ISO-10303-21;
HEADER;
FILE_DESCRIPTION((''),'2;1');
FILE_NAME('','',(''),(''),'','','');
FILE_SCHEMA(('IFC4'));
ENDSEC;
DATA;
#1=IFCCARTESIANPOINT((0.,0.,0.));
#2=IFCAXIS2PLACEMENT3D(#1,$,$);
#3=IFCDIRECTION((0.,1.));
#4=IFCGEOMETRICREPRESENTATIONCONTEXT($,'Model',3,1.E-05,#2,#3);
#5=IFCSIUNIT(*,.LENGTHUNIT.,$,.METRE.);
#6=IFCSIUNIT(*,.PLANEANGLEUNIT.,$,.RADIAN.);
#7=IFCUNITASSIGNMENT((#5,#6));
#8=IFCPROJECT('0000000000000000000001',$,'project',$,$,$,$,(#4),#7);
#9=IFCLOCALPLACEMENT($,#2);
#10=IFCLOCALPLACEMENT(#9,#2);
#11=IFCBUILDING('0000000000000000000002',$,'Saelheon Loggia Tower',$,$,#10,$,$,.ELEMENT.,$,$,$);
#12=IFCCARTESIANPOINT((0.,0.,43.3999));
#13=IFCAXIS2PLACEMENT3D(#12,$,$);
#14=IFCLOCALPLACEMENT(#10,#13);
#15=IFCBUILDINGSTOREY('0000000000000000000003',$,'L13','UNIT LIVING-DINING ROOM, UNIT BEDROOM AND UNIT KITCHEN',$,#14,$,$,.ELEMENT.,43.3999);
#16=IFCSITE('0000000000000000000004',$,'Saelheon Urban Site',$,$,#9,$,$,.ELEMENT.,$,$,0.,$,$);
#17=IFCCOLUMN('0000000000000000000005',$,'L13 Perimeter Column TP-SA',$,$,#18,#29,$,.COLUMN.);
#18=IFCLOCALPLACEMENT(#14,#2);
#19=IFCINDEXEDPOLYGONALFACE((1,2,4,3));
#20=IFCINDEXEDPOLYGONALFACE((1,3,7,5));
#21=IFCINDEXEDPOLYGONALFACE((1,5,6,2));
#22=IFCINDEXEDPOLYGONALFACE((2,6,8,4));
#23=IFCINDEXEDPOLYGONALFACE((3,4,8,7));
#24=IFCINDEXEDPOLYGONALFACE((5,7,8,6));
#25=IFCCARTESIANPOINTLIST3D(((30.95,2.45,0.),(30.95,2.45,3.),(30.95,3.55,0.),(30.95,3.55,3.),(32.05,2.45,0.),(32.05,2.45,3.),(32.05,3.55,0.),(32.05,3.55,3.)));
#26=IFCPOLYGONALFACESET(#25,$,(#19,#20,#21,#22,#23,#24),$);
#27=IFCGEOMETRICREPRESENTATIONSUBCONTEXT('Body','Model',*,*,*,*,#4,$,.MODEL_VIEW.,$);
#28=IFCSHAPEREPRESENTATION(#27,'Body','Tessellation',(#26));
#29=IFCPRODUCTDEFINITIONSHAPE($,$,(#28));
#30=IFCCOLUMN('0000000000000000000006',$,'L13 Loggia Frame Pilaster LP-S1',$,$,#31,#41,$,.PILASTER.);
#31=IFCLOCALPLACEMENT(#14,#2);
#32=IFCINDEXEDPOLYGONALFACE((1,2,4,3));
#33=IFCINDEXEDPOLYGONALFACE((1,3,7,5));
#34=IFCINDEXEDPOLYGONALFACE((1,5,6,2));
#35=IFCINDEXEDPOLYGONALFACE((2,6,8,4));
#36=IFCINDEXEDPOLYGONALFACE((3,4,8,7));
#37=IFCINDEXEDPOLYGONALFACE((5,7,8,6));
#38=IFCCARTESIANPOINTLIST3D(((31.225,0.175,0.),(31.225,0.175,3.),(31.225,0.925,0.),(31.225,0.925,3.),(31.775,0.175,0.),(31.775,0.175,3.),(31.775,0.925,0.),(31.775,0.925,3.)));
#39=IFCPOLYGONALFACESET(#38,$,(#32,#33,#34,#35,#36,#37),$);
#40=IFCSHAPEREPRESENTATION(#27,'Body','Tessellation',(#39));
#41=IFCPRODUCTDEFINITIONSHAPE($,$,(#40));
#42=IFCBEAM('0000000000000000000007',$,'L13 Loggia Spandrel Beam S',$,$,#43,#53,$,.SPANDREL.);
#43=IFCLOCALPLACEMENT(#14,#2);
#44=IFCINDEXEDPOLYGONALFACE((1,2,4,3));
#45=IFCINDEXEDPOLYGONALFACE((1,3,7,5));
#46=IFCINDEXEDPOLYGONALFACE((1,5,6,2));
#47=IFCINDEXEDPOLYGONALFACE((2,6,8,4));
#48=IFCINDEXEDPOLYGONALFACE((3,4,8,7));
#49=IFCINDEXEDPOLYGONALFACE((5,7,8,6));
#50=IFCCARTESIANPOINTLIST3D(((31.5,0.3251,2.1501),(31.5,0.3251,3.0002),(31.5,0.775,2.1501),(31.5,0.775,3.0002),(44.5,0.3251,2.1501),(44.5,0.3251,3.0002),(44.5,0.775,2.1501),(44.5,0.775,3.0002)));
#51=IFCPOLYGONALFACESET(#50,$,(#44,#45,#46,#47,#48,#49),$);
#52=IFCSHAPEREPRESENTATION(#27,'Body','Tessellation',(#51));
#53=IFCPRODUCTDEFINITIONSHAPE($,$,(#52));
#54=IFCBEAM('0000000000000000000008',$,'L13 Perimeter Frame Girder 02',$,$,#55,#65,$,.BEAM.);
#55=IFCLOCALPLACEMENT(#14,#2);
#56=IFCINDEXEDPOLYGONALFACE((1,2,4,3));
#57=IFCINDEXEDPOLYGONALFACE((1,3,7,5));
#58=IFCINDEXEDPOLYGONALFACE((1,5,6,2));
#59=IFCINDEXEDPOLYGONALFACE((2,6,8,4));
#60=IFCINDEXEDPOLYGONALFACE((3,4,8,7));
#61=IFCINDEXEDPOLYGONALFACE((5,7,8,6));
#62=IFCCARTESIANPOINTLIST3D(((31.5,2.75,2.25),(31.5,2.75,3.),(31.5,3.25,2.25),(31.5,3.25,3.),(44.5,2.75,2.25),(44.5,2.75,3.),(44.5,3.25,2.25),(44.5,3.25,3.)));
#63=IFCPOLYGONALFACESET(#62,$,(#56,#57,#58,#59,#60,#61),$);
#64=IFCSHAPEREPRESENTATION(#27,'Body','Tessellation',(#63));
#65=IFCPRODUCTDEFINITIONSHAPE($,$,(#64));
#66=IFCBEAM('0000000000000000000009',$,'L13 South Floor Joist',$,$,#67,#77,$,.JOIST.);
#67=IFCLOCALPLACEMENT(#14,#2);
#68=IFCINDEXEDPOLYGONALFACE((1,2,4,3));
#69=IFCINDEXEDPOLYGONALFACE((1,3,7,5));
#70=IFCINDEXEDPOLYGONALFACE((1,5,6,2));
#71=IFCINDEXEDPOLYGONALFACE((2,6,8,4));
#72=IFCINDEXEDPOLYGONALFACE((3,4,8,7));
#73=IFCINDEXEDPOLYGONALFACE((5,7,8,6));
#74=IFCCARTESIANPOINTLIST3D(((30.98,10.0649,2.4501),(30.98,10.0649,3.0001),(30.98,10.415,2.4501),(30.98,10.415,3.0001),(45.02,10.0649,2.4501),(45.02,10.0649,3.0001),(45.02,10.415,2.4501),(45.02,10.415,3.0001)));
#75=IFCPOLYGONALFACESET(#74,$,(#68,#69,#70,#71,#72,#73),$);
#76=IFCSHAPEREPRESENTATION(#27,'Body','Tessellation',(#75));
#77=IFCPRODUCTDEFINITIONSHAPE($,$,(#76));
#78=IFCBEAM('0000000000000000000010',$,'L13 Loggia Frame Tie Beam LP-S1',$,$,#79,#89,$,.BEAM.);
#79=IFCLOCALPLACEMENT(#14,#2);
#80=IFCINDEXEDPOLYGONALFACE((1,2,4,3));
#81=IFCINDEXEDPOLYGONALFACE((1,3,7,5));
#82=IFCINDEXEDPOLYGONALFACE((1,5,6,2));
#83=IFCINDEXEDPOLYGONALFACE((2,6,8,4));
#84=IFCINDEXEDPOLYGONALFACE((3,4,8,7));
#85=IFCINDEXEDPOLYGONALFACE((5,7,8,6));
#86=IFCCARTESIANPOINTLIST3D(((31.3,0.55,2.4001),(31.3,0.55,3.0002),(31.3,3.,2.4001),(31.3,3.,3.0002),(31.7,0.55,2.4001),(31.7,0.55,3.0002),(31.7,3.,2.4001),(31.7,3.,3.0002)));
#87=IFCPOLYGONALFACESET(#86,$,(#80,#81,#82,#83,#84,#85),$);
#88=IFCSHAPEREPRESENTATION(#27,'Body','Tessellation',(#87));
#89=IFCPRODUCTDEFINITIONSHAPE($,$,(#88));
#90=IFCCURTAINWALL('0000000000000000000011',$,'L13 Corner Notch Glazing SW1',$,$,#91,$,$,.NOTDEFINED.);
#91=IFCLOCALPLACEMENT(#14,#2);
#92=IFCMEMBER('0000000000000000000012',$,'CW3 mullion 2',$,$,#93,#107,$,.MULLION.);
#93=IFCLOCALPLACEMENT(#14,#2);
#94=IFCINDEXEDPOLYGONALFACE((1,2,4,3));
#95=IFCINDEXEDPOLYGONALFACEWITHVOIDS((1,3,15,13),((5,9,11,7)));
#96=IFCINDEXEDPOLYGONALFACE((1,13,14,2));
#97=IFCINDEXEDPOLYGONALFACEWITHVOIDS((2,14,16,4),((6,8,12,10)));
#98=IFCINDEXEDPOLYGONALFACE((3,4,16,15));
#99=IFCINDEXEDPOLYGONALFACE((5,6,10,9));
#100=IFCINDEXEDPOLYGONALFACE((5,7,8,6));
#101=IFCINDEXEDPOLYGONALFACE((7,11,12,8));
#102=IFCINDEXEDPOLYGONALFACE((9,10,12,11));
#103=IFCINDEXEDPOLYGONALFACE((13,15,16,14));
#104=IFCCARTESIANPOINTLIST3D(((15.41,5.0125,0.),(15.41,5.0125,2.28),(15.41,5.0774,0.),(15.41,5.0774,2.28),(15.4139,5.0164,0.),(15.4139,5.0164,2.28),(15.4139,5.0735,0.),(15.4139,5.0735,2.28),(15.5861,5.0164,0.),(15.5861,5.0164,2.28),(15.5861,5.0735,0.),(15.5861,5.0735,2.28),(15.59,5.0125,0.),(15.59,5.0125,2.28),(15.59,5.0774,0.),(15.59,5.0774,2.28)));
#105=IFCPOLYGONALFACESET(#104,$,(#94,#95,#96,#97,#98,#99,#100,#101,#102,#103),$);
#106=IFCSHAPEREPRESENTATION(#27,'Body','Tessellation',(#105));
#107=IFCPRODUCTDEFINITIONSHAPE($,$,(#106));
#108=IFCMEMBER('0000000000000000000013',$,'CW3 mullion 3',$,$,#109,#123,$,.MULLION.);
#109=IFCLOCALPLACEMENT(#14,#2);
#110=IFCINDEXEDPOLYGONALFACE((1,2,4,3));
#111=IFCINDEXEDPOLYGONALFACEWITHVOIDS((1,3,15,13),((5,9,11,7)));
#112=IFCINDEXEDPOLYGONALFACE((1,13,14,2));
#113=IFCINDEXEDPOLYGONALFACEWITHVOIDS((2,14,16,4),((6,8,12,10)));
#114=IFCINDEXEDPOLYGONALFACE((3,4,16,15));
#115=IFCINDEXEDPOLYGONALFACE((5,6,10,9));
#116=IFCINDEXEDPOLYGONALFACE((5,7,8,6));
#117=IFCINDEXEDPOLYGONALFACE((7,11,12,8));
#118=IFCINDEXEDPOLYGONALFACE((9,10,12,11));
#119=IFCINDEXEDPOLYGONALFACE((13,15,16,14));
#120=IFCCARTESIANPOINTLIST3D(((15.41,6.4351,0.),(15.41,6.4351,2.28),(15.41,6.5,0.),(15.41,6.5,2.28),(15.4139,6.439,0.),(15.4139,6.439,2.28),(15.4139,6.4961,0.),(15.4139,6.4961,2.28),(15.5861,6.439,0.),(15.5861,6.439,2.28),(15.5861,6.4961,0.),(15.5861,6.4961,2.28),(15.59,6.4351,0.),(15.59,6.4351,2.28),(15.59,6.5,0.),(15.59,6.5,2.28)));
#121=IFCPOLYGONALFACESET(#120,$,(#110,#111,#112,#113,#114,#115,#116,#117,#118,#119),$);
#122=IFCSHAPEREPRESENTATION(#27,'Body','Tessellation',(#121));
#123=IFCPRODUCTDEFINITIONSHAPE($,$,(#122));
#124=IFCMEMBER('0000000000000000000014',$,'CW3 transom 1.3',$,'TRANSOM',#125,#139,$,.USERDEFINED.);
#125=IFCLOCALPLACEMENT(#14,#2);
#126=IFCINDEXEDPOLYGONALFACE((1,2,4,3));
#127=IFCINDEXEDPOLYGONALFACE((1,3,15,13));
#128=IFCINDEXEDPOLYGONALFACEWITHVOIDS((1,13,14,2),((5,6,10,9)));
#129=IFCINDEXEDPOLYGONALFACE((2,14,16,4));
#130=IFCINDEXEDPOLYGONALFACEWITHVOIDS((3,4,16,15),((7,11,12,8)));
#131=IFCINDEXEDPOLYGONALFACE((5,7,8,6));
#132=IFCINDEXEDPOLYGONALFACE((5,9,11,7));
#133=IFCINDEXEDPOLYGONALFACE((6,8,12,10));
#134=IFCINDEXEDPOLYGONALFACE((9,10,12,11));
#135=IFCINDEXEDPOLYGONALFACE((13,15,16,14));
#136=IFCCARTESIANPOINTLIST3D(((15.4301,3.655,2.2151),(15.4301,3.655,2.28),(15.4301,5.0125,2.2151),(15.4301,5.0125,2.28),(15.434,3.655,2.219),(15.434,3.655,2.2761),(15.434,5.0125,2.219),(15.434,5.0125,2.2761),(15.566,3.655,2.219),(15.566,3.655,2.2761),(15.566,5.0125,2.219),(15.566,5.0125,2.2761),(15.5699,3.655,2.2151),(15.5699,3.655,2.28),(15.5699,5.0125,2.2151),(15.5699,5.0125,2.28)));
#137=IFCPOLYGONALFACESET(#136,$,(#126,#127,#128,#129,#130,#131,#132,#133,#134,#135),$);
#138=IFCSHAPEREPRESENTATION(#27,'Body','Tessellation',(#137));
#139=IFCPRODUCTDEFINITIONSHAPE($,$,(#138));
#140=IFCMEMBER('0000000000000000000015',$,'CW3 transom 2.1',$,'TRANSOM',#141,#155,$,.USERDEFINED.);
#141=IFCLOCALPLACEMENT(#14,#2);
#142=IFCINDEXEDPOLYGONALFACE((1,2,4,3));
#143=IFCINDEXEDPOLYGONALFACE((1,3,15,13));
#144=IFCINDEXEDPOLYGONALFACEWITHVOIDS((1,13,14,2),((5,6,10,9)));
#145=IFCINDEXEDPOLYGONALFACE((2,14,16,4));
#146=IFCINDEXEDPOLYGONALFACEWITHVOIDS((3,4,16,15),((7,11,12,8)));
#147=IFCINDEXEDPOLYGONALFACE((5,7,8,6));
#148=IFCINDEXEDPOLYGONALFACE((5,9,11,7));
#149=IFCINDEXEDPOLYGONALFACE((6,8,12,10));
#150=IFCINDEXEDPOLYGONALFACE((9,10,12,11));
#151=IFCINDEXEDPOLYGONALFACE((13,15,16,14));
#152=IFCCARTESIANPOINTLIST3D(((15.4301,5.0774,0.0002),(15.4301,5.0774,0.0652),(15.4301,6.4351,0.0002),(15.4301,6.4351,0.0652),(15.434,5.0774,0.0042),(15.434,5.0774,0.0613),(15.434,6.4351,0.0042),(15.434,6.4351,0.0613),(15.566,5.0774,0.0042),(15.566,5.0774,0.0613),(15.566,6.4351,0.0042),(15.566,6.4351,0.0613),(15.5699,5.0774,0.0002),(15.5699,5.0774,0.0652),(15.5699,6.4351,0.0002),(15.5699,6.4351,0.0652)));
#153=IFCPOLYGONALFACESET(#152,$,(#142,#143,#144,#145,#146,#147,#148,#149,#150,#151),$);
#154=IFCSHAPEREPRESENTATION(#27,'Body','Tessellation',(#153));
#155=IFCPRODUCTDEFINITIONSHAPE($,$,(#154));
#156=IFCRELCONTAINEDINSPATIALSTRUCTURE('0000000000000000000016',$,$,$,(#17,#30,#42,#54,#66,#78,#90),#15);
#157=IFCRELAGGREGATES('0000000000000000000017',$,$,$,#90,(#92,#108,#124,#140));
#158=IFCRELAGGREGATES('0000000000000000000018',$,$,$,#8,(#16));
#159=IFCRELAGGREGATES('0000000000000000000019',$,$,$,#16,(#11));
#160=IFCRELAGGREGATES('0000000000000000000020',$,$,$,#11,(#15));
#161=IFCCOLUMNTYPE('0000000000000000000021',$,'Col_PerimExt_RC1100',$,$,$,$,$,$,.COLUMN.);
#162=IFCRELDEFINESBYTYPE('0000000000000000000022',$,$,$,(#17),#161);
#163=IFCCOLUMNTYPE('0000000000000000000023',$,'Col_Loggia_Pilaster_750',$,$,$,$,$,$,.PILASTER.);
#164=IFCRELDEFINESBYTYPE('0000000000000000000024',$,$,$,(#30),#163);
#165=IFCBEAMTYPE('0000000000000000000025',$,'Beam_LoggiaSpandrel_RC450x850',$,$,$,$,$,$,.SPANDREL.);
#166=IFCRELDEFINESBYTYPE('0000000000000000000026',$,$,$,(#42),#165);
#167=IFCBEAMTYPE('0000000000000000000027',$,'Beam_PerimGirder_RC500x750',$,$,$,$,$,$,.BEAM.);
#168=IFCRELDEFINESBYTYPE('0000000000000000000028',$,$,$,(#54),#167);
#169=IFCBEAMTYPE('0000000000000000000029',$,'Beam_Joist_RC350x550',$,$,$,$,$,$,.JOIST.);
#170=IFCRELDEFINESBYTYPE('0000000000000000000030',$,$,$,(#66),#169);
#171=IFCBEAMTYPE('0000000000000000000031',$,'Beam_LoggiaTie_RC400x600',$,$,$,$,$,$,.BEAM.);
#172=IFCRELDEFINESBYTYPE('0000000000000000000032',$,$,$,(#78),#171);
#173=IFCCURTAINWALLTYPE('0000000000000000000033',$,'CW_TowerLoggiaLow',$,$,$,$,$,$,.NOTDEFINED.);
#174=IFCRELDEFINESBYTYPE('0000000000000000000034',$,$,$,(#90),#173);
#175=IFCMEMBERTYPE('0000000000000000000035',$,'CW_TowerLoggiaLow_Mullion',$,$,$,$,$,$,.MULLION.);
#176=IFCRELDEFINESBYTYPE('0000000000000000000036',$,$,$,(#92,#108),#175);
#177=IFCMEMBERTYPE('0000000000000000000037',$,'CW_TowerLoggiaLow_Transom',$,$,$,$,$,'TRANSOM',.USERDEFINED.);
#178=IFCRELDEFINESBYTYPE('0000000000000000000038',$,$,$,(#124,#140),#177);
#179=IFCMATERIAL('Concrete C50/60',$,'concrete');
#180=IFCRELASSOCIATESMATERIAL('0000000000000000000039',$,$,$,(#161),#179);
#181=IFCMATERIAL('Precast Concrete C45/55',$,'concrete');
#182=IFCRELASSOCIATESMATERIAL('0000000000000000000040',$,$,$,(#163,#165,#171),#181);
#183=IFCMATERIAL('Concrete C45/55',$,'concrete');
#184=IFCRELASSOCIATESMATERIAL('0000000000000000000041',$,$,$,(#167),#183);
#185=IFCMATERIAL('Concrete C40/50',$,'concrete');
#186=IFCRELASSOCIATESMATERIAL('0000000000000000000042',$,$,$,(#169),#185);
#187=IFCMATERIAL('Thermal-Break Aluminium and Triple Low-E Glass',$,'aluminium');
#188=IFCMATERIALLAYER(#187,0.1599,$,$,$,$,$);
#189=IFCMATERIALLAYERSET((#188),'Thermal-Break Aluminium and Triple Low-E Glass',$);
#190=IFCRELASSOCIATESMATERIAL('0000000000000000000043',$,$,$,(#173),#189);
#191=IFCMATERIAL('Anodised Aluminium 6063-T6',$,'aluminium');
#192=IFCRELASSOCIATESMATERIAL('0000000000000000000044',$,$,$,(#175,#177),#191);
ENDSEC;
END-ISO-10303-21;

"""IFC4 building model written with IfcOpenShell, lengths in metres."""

from ifc_helpers import new_model, si_unit, direction, frame, origin, origin_2d, place, context, subcontext, project, spatial, rectangle, hollow_rectangle, extrude, source, transform, mapped, material, layer, layer_set, material_profile, profile_set, type_object, element, aggregate, save


model = new_model("IFC4")

# Units and contexts
model_context = context("Model", 3, precision=1e-05, world=origin(), true_north=direction((0.0, 1.0)))
body_context = subcontext(model_context, "Body", "Model", "MODEL_VIEW")
ifc_project = project(units=[si_unit("LENGTHUNIT", "METRE"), si_unit("PLANEANGLEUNIT", "RADIAN")], contexts=[model_context])

# Site, building, storey
site_placement = place(None, origin())
site = spatial("IfcSite", under=ifc_project, at=site_placement, Name="Saelheon Urban Site", CompositionType="ELEMENT", RefElevation=0.0)
building_placement = place(site_placement, origin())
building = spatial("IfcBuilding", under=site, at=building_placement, Name="Saelheon Loggia Tower", CompositionType="ELEMENT")
storey_placement = place(building_placement, frame((0.0, 0.0, 43.3999)))
storey = spatial("IfcBuildingStorey", under=building, at=storey_placement, Name="L13", Description="UNIT LIVING-DINING ROOM, UNIT BEDROOM AND UNIT KITCHEN", CompositionType="ELEMENT", Elevation=43.3999)

# Columns
ifc_material_1 = material(Name="Concrete C50/60", Category="concrete")
ifc_material_profile_1 = material_profile(ifc_material_1, rectangle(XDim=1.1001, YDim=1.1001, at=origin_2d()), Name="RC-1100x1100")
ifc_profile_set_1 = profile_set([ifc_material_profile_1], Name="Concrete C50/60")
column_type_1 = type_object("IfcColumnType", Name="Col_PerimExt_RC1100", PredefinedType="COLUMN", material=ifc_profile_set_1)
shared_shape_1 = source(origin(), body_context, "Body", "SweptSolid", [
    extrude(rectangle(XDim=1.1001, YDim=1.1001, at=origin_2d()), origin(), (0.0, 0.0, 1.0), 3.0),
])
column_1_placement = place(storey_placement, frame((31.5, 3.0, 0.0), z_axis=(0.0, 0.0, 1.0), x_axis=(1.0, 0.0, 0.0)))
element("IfcColumn", 1, at=column_1_placement, inside=storey, type_object=column_type_1, Name="L13 Perimeter Column TP-SA", PredefinedType="COLUMN", context=body_context, shape_type="MappedRepresentation", body=[
    mapped(shared_shape_1, transform((0.0, 0.0, 0.0), scale=1.0)),
])
ifc_material_2 = material(Name="Precast Concrete C45/55", Category="concrete")
ifc_material_profile_2 = material_profile(ifc_material_2, rectangle(XDim=0.55, YDim=0.75, at=origin_2d()), Name="RC-550x750")
ifc_profile_set_2 = profile_set([ifc_material_profile_2], Name="Precast Concrete C45/55")
column_type_2 = type_object("IfcColumnType", Name="Col_Loggia_Pilaster_750", PredefinedType="PILASTER", material=ifc_profile_set_2)
shared_shape_2 = source(origin(), body_context, "Body", "SweptSolid", [
    extrude(rectangle(XDim=0.55, YDim=0.75, at=origin_2d()), origin(), (0.0, 0.0, 1.0), 3.0),
])
column_2_placement = place(storey_placement, frame((31.5, 0.55, 0.0), z_axis=(0.0, 0.0, 1.0), x_axis=(1.0, 0.0, 0.0)))
element("IfcColumn", 2, at=column_2_placement, inside=storey, type_object=column_type_2, Name="L13 Loggia Frame Pilaster LP-S1", PredefinedType="PILASTER", context=body_context, shape_type="MappedRepresentation", body=[
    mapped(shared_shape_2, transform((0.0, 0.0, 0.0), scale=1.0)),
])

# Beams
ifc_material_profile_3 = material_profile(ifc_material_2, rectangle(XDim=0.45, YDim=0.8501, at=origin_2d()), Name="RC-450x850")
ifc_profile_set_3 = profile_set([ifc_material_profile_3], Name="Precast Concrete C45/55")
beam_type_1 = type_object("IfcBeamType", Name="Beam_LoggiaSpandrel_RC450x850", PredefinedType="SPANDREL", material=ifc_profile_set_3)
shared_shape_3 = source(origin(), body_context, "Body", "SweptSolid", [
    extrude(rectangle(XDim=0.45, YDim=0.8501, at=origin_2d()), origin(), (0.0, 0.0, 1.0), 13.0),
])
beam_1_placement = place(storey_placement, frame((31.5, 0.55, 2.5752), z_axis=(1.0, 0.0, 0.0), x_axis=(0.0, 1.0, 0.0)))
element("IfcBeam", 3, at=beam_1_placement, inside=storey, type_object=beam_type_1, Name="L13 Loggia Spandrel Beam S", PredefinedType="SPANDREL", context=body_context, shape_type="MappedRepresentation", body=[
    mapped(shared_shape_3, transform((0.0, 0.0, 0.0), scale=1.0)),
])
ifc_material_3 = material(Name="Concrete C45/55", Category="concrete")
ifc_material_profile_4 = material_profile(ifc_material_3, rectangle(XDim=0.5, YDim=0.75, at=origin_2d()), Name="RC-500x750")
ifc_profile_set_4 = profile_set([ifc_material_profile_4], Name="Concrete C45/55")
beam_type_2 = type_object("IfcBeamType", Name="Beam_PerimGirder_RC500x750", PredefinedType="BEAM", material=ifc_profile_set_4)
shared_shape_4 = source(origin(), body_context, "Body", "SweptSolid", [
    extrude(rectangle(XDim=0.5, YDim=0.75, at=origin_2d()), origin(), (0.0, 0.0, 1.0), 13.0),
])
beam_2_placement = place(storey_placement, frame((31.5, 3.0, 2.625), z_axis=(1.0, 0.0, 0.0), x_axis=(0.0, 1.0, 0.0)))
element("IfcBeam", 4, at=beam_2_placement, inside=storey, type_object=beam_type_2, Name="L13 Perimeter Frame Girder 02", PredefinedType="BEAM", context=body_context, shape_type="MappedRepresentation", body=[
    mapped(shared_shape_4, transform((0.0, 0.0, 0.0), scale=1.0)),
])
ifc_material_4 = material(Name="Concrete C40/50", Category="concrete")
ifc_material_profile_5 = material_profile(ifc_material_4, rectangle(XDim=0.3501, YDim=0.55, at=origin_2d()), Name="RC-350x550")
ifc_profile_set_5 = profile_set([ifc_material_profile_5], Name="Concrete C40/50")
beam_type_3 = type_object("IfcBeamType", Name="Beam_Joist_RC350x550", PredefinedType="JOIST", material=ifc_profile_set_5)
shared_shape_5 = source(origin(), body_context, "Body", "SweptSolid", [
    extrude(rectangle(XDim=0.3501, YDim=0.55, at=origin_2d()), origin(), (0.0, 0.0, 1.0), 14.04),
])
beam_3_placement = place(storey_placement, frame((30.98, 10.24, 2.7251), z_axis=(1.0, 0.0, 0.0), x_axis=(0.0, 1.0, 0.0)))
element("IfcBeam", 5, at=beam_3_placement, inside=storey, type_object=beam_type_3, Name="L13 South Floor Joist", PredefinedType="JOIST", context=body_context, shape_type="MappedRepresentation", body=[
    mapped(shared_shape_5, transform((0.0, 0.0, 0.0), scale=1.0)),
])
ifc_material_profile_6 = material_profile(ifc_material_2, rectangle(XDim=0.3999, YDim=0.6001, at=origin_2d()), Name="RC-400x600")
ifc_profile_set_6 = profile_set([ifc_material_profile_6], Name="Precast Concrete C45/55")
beam_type_4 = type_object("IfcBeamType", Name="Beam_LoggiaTie_RC400x600", PredefinedType="BEAM", material=ifc_profile_set_6)
shared_shape_6 = source(origin(), body_context, "Body", "SweptSolid", [
    extrude(rectangle(XDim=0.3999, YDim=0.6001, at=origin_2d()), origin(), (0.0, 0.0, 1.0), 2.45),
])
beam_4_placement = place(storey_placement, frame((31.5, 3.0, 2.7002), z_axis=(0.0, -1.0, 0.0), x_axis=(1.0, 0.0, 0.0)))
element("IfcBeam", 6, at=beam_4_placement, inside=storey, type_object=beam_type_4, Name="L13 Loggia Frame Tie Beam LP-S1", PredefinedType="BEAM", context=body_context, shape_type="MappedRepresentation", body=[
    mapped(shared_shape_6, transform((0.0, 0.0, 0.0), scale=1.0)),
])

# Curtain wall, members
ifc_material_5 = material(Name="Thermal-Break Aluminium and Triple Low-E Glass", Category="aluminium")
ifc_layer_1 = layer(ifc_material_5, 0.1599)
ifc_layer_set_1 = layer_set([ifc_layer_1], Name="Thermal-Break Aluminium and Triple Low-E Glass")
curtain_wall_type = type_object("IfcCurtainWallType", Name="CW_TowerLoggiaLow", PredefinedType="NOTDEFINED", material=ifc_layer_set_1)
curtain_wall_placement = place(storey_placement, origin())
curtain_wall = element("IfcCurtainWall", 7, at=curtain_wall_placement, inside=storey, type_object=curtain_wall_type, Name="L13 Corner Notch Glazing SW1", PredefinedType="NOTDEFINED")
ifc_material_6 = material(Name="Anodised Aluminium 6063-T6", Category="aluminium")
ifc_material_profile_7 = material_profile(ifc_material_6, hollow_rectangle(XDim=0.0649, YDim=0.1799, WallThickness=0.0039, at=origin_2d()), Name="RHS-180x65x4")
ifc_profile_set_7 = profile_set([ifc_material_profile_7], Name="Anodised Aluminium 6063-T6")
member_type_1 = type_object("IfcMemberType", Name="CW_TowerLoggiaLow_Mullion", PredefinedType="MULLION", material=ifc_profile_set_7)
shared_shape_7 = source(origin(), body_context, "Body", "SweptSolid", [
    extrude(hollow_rectangle(XDim=0.0649, YDim=0.1799, WallThickness=0.0039, at=origin_2d()), origin(), (0.0, 0.0, 1.0), 2.28),
])
member_1_placement = place(storey_placement, frame((15.5, 5.0449, 0.0), z_axis=(0.0, 0.0, 1.0), x_axis=(0.0, 1.0, 0.0)))
member_1 = element("IfcMember", 8, at=member_1_placement, type_object=member_type_1, Name="CW3 mullion 2", PredefinedType="MULLION", context=body_context, shape_type="MappedRepresentation", body=[
    mapped(shared_shape_7, transform((0.0, 0.0, 0.0), scale=1.0)),
])
member_2_placement = place(storey_placement, frame((15.5, 6.4675, 0.0), z_axis=(0.0, 0.0, 1.0), x_axis=(0.0, 1.0, 0.0)))
member_2 = element("IfcMember", 9, at=member_2_placement, type_object=member_type_1, Name="CW3 mullion 3", PredefinedType="MULLION", context=body_context, shape_type="MappedRepresentation", body=[
    mapped(shared_shape_7, transform((0.0, 0.0, 0.0), scale=1.0)),
])
ifc_material_profile_8 = material_profile(ifc_material_6, hollow_rectangle(XDim=0.0649, YDim=0.1399, WallThickness=0.0039, at=origin_2d()), Name="RHS-140x65x4")
ifc_profile_set_8 = profile_set([ifc_material_profile_8], Name="Anodised Aluminium 6063-T6")
member_type_2 = type_object("IfcMemberType", Name="CW_TowerLoggiaLow_Transom", ElementType="TRANSOM", PredefinedType="USERDEFINED", material=ifc_profile_set_8)
shared_shape_8 = source(origin(), body_context, "Body", "SweptSolid", [
    extrude(hollow_rectangle(XDim=0.0649, YDim=0.1399, WallThickness=0.0039, at=origin_2d()), origin(), (0.0, 0.0, 1.0), 1.3574),
])
member_3_placement = place(storey_placement, frame((15.5, 3.655, 2.2476), z_axis=(0.0, 1.0, 0.0), x_axis=(0.0, 0.0, 1.0)))
member_3 = element("IfcMember", 10, at=member_3_placement, type_object=member_type_2, Name="CW3 transom 1.3", ObjectType="TRANSOM", PredefinedType="USERDEFINED", context=body_context, shape_type="MappedRepresentation", body=[
    mapped(shared_shape_8, transform((0.0, 0.0, 0.0), scale=1.0)),
])
shared_shape_9 = source(origin(), body_context, "Body", "SweptSolid", [
    extrude(hollow_rectangle(XDim=0.0649, YDim=0.1399, WallThickness=0.0039, at=origin_2d()), origin(), (0.0, 0.0, 1.0), 1.3577),
])
member_4_placement = place(storey_placement, frame((15.5, 5.0774, 0.0327), z_axis=(0.0, 1.0, 0.0), x_axis=(0.0, 0.0, 1.0)))
member_4 = element("IfcMember", 11, at=member_4_placement, type_object=member_type_2, Name="CW3 transom 2.1", ObjectType="TRANSOM", PredefinedType="USERDEFINED", context=body_context, shape_type="MappedRepresentation", body=[
    mapped(shared_shape_9, transform((0.0, 0.0, 0.0), scale=1.0)),
])
aggregate(curtain_wall, [member_1, member_2, member_3, member_4])

save(model, "model.ifc")
